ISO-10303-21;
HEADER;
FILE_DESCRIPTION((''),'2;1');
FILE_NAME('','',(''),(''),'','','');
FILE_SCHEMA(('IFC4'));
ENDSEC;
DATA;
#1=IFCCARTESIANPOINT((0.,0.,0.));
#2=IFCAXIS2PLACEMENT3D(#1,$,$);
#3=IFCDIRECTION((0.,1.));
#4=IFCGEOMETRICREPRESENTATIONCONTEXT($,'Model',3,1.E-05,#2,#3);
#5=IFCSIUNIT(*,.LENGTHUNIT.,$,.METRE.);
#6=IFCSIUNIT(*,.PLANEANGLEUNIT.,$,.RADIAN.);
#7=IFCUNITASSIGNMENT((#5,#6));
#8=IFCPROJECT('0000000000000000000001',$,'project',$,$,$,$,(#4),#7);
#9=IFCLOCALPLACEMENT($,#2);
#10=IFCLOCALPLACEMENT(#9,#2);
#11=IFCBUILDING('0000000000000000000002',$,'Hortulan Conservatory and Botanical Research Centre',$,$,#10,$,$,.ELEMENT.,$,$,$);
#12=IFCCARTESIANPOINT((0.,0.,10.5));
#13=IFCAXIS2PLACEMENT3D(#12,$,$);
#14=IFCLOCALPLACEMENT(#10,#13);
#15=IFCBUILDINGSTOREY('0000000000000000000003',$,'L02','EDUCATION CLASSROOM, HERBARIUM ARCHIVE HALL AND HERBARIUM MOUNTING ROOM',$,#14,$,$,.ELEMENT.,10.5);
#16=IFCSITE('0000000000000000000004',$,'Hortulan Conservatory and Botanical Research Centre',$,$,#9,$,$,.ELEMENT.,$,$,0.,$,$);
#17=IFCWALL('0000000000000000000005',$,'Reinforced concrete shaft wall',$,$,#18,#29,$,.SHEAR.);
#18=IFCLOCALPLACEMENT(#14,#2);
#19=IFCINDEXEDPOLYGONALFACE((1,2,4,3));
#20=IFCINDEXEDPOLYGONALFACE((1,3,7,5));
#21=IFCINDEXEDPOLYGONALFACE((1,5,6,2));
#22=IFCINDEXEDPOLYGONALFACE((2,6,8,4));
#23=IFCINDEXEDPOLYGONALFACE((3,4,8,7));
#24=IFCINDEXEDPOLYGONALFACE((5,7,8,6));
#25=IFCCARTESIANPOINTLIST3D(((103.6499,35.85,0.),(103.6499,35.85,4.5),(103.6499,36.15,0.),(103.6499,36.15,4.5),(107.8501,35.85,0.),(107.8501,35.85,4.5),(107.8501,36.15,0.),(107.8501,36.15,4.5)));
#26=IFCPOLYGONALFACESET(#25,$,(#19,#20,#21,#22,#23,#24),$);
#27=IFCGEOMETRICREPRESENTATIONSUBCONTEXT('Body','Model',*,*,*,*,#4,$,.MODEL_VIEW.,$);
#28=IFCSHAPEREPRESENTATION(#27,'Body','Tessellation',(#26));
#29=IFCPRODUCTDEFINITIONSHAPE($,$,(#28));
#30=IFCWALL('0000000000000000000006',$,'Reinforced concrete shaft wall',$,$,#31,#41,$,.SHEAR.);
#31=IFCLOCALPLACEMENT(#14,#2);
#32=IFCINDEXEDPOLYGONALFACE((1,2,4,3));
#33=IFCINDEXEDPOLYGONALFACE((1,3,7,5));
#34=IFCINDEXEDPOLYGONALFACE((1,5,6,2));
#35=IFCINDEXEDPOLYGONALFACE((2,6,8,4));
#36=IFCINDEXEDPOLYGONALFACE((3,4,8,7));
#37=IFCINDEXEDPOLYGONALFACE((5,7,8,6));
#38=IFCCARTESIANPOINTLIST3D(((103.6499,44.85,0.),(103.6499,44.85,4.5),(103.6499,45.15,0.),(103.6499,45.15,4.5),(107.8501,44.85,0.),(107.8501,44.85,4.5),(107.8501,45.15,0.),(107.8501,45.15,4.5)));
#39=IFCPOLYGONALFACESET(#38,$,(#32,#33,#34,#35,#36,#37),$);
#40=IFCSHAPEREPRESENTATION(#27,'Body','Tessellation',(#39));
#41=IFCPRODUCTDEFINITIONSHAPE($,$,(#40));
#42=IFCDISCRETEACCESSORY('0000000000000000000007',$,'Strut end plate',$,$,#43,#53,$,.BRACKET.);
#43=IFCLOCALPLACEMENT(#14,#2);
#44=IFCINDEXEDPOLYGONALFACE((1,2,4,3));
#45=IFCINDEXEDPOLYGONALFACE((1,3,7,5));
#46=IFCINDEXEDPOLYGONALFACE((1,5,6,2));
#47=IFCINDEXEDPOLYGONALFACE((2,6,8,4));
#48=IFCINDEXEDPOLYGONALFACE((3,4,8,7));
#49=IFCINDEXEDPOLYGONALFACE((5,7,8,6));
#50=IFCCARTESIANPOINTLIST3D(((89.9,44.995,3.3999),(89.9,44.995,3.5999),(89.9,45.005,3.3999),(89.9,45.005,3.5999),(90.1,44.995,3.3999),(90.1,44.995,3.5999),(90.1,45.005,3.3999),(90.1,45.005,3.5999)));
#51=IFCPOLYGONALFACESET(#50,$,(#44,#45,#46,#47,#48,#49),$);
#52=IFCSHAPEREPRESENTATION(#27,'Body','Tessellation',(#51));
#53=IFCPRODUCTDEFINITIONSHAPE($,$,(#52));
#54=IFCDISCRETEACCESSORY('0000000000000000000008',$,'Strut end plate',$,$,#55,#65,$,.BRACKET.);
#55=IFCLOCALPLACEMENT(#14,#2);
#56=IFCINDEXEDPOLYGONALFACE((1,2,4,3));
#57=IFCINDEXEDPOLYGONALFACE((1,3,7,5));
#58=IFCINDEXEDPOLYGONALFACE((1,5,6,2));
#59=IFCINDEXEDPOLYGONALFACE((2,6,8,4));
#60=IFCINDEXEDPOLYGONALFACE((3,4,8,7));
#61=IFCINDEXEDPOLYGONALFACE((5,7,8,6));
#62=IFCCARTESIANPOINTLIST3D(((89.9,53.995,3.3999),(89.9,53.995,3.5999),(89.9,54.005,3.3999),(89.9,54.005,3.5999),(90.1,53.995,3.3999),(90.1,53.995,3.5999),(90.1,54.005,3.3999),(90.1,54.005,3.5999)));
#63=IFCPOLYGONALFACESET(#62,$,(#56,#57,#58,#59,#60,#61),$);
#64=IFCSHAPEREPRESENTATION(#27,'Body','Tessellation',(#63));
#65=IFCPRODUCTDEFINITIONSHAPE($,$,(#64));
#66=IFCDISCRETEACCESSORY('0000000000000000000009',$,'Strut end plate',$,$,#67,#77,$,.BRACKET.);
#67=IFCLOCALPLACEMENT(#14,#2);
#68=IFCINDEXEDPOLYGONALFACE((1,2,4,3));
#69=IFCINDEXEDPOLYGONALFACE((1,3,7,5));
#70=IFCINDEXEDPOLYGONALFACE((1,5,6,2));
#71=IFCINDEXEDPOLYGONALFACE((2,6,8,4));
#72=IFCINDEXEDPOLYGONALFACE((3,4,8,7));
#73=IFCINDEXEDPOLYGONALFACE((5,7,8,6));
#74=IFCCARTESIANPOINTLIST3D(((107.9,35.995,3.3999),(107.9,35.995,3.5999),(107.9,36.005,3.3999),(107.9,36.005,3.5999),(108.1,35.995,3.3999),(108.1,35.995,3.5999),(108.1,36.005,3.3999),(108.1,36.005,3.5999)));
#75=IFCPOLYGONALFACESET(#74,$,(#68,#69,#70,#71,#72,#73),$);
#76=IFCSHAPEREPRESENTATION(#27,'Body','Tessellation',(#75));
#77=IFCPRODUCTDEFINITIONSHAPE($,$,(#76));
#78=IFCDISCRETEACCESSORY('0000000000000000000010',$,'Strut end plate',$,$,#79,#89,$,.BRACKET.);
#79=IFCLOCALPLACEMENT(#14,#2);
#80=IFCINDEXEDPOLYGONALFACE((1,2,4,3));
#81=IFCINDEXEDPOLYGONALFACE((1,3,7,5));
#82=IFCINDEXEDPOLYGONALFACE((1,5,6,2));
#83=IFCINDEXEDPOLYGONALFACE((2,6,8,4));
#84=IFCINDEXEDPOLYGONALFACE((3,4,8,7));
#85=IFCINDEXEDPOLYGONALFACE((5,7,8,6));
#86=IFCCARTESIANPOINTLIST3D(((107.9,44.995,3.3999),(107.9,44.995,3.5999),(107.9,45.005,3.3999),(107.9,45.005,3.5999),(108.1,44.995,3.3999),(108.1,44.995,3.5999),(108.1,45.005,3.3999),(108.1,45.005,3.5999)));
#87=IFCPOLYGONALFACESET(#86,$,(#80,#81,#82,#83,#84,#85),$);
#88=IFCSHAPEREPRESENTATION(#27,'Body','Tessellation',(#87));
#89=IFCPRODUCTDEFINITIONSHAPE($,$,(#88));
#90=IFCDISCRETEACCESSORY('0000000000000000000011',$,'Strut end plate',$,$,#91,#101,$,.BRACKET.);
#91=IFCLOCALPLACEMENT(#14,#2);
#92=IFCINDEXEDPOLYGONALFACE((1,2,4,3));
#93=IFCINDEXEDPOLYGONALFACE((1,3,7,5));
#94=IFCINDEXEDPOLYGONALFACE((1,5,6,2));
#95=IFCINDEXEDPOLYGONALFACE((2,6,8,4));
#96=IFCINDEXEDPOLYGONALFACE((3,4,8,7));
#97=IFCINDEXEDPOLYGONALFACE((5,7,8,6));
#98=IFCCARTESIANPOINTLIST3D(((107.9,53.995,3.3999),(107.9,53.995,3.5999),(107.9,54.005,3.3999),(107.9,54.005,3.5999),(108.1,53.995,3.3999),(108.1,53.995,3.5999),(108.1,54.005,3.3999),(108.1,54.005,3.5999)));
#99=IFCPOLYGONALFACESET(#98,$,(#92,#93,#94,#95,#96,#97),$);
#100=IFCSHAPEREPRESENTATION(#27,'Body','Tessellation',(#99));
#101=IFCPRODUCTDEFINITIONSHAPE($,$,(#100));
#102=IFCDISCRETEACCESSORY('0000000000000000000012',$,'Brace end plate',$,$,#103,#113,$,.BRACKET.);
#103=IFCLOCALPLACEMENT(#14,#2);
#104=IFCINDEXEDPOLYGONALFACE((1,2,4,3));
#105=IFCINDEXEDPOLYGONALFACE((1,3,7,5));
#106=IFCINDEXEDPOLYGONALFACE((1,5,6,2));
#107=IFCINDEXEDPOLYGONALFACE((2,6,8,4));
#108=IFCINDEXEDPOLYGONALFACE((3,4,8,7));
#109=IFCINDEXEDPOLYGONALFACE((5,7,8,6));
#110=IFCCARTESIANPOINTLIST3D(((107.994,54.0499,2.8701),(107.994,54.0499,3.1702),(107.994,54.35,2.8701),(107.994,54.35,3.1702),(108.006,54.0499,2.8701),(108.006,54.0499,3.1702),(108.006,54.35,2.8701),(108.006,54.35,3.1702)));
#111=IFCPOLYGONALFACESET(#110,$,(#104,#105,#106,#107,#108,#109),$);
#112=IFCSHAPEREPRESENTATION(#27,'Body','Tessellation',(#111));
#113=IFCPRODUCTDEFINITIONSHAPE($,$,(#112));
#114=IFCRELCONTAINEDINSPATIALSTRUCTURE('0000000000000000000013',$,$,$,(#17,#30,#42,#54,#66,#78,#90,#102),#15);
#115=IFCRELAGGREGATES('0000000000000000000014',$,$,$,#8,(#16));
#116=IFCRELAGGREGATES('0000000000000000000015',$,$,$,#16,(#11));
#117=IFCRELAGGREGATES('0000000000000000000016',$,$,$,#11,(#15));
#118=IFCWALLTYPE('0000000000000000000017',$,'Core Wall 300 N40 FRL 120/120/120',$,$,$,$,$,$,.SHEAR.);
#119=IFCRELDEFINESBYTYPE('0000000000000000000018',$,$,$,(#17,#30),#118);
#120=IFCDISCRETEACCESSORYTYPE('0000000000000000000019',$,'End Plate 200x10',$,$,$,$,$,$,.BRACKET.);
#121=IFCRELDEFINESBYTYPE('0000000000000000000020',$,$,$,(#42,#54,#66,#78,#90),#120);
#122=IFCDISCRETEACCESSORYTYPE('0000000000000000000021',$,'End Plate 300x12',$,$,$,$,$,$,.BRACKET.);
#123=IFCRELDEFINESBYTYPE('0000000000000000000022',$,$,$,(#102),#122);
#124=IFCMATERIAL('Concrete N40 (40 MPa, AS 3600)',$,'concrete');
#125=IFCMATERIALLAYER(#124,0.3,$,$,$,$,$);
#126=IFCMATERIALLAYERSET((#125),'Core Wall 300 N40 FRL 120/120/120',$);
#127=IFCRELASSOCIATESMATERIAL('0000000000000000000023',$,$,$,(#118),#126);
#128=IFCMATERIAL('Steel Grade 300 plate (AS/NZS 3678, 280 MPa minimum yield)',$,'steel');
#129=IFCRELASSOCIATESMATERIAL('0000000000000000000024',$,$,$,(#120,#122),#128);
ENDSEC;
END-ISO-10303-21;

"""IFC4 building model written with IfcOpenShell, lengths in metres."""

from ifc_helpers import new_model, si_unit, direction, frame, frame_2d, origin, origin_2d, place, context, subcontext, project, spatial, rectangle, extrude, material, layer, layer_set, type_object, element, save


model = new_model("IFC4")

# Units and contexts
model_context = context("Model", 3, precision=1e-05, world=origin(), true_north=direction((0.0, 1.0)))
body_context = subcontext(model_context, "Body", "Model", "MODEL_VIEW")
ifc_project = project(units=[si_unit("LENGTHUNIT", "METRE"), si_unit("PLANEANGLEUNIT", "RADIAN")], contexts=[model_context])

# Site, building, storey
site_placement = place(None, origin())
site = spatial("IfcSite", under=ifc_project, at=site_placement, Name="Hortulan Conservatory and Botanical Research Centre", CompositionType="ELEMENT", RefElevation=0.0)
building_placement = place(site_placement, origin())
building = spatial("IfcBuilding", under=site, at=building_placement, Name="Hortulan Conservatory and Botanical Research Centre", CompositionType="ELEMENT")
storey_placement = place(building_placement, frame((0.0, 0.0, 10.5)))
storey = spatial("IfcBuildingStorey", under=building, at=storey_placement, Name="L02", Description="EDUCATION CLASSROOM, HERBARIUM ARCHIVE HALL AND HERBARIUM MOUNTING ROOM", CompositionType="ELEMENT", Elevation=10.5)

# Walls
ifc_material_1 = material(Name="Concrete N40 (40 MPa, AS 3600)", Category="concrete")
ifc_layer_1 = layer(ifc_material_1, 0.3)
ifc_layer_set_1 = layer_set([ifc_layer_1], Name="Core Wall 300 N40 FRL 120/120/120")
wall_type_1 = type_object("IfcWallType", Name="Core Wall 300 N40 FRL 120/120/120", PredefinedType="SHEAR", material=ifc_layer_set_1)
for number, where, z_axis, x_axis, name in (
    (1, (103.6499, 36.0, 0.0), (0.0, 0.0, 1.0), (1.0, 0.0, 0.0), "Reinforced concrete shaft wall"),
    (2, (103.6499, 45.0, 0.0), (0.0, 0.0, 1.0), (1.0, 0.0, 0.0), "Reinforced concrete shaft wall"),
):
    element("IfcWall", number, at=place(storey_placement, frame(where, z_axis=z_axis, x_axis=x_axis)), inside=storey, type_object=wall_type_1, Name=name, PredefinedType="SHEAR", context=body_context, shape_type="SweptSolid", body=[
        extrude(rectangle(XDim=4.2002, YDim=0.3, at=frame_2d((2.1001, 0.0))), origin(), (0.0, 0.0, 1.0), 4.5),
    ])

# Discrete accessories
ifc_material_2 = material(Name="Steel Grade 300 plate (AS/NZS 3678, 280 MPa minimum yield)", Category="steel")
discrete_accessory_type_1 = type_object("IfcDiscreteAccessoryType", Name="End Plate 200x10", PredefinedType="BRACKET", material=ifc_material_2)
for number, where, z_axis, x_axis, name in (
    (3, (90.0, 45.0, 3.3999), (0.0, 0.0, 1.0), (1.0, 0.0, 0.0), "Strut end plate"),
    (4, (90.0, 54.0, 3.3999), (0.0, 0.0, 1.0), (1.0, 0.0, 0.0), "Strut end plate"),
    (5, (108.0, 36.0, 3.3999), (0.0, 0.0, 1.0), (1.0, 0.0, 0.0), "Strut end plate"),
    (6, (108.0, 45.0, 3.3999), (0.0, 0.0, 1.0), (1.0, 0.0, 0.0), "Strut end plate"),
    (7, (108.0, 54.0, 3.3999), (0.0, 0.0, 1.0), (1.0, 0.0, 0.0), "Strut end plate"),
):
    element("IfcDiscreteAccessory", number, at=place(storey_placement, frame(where, z_axis=z_axis, x_axis=x_axis)), inside=storey, type_object=discrete_accessory_type_1, Name=name, PredefinedType="BRACKET", context=body_context, shape_type="SweptSolid", body=[
        extrude(rectangle(XDim=0.2, YDim=0.01, at=origin_2d()), origin(), (0.0, 0.0, 1.0), 0.2),
    ])
discrete_accessory_type_2 = type_object("IfcDiscreteAccessoryType", Name="End Plate 300x12", PredefinedType="BRACKET", material=ifc_material_2)
discrete_accessory_placement = place(storey_placement, frame((108.0, 54.2, 2.8701), z_axis=(0.0, 0.0, 1.0), x_axis=(0.0, -1.0, 0.0)))
element("IfcDiscreteAccessory", 8, at=discrete_accessory_placement, inside=storey, type_object=discrete_accessory_type_2, Name="Brace end plate", PredefinedType="BRACKET", context=body_context, shape_type="SweptSolid", body=[
    extrude(rectangle(XDim=0.3, YDim=0.012, at=origin_2d()), origin(), (0.0, 0.0, 1.0), 0.3),
])

save(model, "model.ifc")
